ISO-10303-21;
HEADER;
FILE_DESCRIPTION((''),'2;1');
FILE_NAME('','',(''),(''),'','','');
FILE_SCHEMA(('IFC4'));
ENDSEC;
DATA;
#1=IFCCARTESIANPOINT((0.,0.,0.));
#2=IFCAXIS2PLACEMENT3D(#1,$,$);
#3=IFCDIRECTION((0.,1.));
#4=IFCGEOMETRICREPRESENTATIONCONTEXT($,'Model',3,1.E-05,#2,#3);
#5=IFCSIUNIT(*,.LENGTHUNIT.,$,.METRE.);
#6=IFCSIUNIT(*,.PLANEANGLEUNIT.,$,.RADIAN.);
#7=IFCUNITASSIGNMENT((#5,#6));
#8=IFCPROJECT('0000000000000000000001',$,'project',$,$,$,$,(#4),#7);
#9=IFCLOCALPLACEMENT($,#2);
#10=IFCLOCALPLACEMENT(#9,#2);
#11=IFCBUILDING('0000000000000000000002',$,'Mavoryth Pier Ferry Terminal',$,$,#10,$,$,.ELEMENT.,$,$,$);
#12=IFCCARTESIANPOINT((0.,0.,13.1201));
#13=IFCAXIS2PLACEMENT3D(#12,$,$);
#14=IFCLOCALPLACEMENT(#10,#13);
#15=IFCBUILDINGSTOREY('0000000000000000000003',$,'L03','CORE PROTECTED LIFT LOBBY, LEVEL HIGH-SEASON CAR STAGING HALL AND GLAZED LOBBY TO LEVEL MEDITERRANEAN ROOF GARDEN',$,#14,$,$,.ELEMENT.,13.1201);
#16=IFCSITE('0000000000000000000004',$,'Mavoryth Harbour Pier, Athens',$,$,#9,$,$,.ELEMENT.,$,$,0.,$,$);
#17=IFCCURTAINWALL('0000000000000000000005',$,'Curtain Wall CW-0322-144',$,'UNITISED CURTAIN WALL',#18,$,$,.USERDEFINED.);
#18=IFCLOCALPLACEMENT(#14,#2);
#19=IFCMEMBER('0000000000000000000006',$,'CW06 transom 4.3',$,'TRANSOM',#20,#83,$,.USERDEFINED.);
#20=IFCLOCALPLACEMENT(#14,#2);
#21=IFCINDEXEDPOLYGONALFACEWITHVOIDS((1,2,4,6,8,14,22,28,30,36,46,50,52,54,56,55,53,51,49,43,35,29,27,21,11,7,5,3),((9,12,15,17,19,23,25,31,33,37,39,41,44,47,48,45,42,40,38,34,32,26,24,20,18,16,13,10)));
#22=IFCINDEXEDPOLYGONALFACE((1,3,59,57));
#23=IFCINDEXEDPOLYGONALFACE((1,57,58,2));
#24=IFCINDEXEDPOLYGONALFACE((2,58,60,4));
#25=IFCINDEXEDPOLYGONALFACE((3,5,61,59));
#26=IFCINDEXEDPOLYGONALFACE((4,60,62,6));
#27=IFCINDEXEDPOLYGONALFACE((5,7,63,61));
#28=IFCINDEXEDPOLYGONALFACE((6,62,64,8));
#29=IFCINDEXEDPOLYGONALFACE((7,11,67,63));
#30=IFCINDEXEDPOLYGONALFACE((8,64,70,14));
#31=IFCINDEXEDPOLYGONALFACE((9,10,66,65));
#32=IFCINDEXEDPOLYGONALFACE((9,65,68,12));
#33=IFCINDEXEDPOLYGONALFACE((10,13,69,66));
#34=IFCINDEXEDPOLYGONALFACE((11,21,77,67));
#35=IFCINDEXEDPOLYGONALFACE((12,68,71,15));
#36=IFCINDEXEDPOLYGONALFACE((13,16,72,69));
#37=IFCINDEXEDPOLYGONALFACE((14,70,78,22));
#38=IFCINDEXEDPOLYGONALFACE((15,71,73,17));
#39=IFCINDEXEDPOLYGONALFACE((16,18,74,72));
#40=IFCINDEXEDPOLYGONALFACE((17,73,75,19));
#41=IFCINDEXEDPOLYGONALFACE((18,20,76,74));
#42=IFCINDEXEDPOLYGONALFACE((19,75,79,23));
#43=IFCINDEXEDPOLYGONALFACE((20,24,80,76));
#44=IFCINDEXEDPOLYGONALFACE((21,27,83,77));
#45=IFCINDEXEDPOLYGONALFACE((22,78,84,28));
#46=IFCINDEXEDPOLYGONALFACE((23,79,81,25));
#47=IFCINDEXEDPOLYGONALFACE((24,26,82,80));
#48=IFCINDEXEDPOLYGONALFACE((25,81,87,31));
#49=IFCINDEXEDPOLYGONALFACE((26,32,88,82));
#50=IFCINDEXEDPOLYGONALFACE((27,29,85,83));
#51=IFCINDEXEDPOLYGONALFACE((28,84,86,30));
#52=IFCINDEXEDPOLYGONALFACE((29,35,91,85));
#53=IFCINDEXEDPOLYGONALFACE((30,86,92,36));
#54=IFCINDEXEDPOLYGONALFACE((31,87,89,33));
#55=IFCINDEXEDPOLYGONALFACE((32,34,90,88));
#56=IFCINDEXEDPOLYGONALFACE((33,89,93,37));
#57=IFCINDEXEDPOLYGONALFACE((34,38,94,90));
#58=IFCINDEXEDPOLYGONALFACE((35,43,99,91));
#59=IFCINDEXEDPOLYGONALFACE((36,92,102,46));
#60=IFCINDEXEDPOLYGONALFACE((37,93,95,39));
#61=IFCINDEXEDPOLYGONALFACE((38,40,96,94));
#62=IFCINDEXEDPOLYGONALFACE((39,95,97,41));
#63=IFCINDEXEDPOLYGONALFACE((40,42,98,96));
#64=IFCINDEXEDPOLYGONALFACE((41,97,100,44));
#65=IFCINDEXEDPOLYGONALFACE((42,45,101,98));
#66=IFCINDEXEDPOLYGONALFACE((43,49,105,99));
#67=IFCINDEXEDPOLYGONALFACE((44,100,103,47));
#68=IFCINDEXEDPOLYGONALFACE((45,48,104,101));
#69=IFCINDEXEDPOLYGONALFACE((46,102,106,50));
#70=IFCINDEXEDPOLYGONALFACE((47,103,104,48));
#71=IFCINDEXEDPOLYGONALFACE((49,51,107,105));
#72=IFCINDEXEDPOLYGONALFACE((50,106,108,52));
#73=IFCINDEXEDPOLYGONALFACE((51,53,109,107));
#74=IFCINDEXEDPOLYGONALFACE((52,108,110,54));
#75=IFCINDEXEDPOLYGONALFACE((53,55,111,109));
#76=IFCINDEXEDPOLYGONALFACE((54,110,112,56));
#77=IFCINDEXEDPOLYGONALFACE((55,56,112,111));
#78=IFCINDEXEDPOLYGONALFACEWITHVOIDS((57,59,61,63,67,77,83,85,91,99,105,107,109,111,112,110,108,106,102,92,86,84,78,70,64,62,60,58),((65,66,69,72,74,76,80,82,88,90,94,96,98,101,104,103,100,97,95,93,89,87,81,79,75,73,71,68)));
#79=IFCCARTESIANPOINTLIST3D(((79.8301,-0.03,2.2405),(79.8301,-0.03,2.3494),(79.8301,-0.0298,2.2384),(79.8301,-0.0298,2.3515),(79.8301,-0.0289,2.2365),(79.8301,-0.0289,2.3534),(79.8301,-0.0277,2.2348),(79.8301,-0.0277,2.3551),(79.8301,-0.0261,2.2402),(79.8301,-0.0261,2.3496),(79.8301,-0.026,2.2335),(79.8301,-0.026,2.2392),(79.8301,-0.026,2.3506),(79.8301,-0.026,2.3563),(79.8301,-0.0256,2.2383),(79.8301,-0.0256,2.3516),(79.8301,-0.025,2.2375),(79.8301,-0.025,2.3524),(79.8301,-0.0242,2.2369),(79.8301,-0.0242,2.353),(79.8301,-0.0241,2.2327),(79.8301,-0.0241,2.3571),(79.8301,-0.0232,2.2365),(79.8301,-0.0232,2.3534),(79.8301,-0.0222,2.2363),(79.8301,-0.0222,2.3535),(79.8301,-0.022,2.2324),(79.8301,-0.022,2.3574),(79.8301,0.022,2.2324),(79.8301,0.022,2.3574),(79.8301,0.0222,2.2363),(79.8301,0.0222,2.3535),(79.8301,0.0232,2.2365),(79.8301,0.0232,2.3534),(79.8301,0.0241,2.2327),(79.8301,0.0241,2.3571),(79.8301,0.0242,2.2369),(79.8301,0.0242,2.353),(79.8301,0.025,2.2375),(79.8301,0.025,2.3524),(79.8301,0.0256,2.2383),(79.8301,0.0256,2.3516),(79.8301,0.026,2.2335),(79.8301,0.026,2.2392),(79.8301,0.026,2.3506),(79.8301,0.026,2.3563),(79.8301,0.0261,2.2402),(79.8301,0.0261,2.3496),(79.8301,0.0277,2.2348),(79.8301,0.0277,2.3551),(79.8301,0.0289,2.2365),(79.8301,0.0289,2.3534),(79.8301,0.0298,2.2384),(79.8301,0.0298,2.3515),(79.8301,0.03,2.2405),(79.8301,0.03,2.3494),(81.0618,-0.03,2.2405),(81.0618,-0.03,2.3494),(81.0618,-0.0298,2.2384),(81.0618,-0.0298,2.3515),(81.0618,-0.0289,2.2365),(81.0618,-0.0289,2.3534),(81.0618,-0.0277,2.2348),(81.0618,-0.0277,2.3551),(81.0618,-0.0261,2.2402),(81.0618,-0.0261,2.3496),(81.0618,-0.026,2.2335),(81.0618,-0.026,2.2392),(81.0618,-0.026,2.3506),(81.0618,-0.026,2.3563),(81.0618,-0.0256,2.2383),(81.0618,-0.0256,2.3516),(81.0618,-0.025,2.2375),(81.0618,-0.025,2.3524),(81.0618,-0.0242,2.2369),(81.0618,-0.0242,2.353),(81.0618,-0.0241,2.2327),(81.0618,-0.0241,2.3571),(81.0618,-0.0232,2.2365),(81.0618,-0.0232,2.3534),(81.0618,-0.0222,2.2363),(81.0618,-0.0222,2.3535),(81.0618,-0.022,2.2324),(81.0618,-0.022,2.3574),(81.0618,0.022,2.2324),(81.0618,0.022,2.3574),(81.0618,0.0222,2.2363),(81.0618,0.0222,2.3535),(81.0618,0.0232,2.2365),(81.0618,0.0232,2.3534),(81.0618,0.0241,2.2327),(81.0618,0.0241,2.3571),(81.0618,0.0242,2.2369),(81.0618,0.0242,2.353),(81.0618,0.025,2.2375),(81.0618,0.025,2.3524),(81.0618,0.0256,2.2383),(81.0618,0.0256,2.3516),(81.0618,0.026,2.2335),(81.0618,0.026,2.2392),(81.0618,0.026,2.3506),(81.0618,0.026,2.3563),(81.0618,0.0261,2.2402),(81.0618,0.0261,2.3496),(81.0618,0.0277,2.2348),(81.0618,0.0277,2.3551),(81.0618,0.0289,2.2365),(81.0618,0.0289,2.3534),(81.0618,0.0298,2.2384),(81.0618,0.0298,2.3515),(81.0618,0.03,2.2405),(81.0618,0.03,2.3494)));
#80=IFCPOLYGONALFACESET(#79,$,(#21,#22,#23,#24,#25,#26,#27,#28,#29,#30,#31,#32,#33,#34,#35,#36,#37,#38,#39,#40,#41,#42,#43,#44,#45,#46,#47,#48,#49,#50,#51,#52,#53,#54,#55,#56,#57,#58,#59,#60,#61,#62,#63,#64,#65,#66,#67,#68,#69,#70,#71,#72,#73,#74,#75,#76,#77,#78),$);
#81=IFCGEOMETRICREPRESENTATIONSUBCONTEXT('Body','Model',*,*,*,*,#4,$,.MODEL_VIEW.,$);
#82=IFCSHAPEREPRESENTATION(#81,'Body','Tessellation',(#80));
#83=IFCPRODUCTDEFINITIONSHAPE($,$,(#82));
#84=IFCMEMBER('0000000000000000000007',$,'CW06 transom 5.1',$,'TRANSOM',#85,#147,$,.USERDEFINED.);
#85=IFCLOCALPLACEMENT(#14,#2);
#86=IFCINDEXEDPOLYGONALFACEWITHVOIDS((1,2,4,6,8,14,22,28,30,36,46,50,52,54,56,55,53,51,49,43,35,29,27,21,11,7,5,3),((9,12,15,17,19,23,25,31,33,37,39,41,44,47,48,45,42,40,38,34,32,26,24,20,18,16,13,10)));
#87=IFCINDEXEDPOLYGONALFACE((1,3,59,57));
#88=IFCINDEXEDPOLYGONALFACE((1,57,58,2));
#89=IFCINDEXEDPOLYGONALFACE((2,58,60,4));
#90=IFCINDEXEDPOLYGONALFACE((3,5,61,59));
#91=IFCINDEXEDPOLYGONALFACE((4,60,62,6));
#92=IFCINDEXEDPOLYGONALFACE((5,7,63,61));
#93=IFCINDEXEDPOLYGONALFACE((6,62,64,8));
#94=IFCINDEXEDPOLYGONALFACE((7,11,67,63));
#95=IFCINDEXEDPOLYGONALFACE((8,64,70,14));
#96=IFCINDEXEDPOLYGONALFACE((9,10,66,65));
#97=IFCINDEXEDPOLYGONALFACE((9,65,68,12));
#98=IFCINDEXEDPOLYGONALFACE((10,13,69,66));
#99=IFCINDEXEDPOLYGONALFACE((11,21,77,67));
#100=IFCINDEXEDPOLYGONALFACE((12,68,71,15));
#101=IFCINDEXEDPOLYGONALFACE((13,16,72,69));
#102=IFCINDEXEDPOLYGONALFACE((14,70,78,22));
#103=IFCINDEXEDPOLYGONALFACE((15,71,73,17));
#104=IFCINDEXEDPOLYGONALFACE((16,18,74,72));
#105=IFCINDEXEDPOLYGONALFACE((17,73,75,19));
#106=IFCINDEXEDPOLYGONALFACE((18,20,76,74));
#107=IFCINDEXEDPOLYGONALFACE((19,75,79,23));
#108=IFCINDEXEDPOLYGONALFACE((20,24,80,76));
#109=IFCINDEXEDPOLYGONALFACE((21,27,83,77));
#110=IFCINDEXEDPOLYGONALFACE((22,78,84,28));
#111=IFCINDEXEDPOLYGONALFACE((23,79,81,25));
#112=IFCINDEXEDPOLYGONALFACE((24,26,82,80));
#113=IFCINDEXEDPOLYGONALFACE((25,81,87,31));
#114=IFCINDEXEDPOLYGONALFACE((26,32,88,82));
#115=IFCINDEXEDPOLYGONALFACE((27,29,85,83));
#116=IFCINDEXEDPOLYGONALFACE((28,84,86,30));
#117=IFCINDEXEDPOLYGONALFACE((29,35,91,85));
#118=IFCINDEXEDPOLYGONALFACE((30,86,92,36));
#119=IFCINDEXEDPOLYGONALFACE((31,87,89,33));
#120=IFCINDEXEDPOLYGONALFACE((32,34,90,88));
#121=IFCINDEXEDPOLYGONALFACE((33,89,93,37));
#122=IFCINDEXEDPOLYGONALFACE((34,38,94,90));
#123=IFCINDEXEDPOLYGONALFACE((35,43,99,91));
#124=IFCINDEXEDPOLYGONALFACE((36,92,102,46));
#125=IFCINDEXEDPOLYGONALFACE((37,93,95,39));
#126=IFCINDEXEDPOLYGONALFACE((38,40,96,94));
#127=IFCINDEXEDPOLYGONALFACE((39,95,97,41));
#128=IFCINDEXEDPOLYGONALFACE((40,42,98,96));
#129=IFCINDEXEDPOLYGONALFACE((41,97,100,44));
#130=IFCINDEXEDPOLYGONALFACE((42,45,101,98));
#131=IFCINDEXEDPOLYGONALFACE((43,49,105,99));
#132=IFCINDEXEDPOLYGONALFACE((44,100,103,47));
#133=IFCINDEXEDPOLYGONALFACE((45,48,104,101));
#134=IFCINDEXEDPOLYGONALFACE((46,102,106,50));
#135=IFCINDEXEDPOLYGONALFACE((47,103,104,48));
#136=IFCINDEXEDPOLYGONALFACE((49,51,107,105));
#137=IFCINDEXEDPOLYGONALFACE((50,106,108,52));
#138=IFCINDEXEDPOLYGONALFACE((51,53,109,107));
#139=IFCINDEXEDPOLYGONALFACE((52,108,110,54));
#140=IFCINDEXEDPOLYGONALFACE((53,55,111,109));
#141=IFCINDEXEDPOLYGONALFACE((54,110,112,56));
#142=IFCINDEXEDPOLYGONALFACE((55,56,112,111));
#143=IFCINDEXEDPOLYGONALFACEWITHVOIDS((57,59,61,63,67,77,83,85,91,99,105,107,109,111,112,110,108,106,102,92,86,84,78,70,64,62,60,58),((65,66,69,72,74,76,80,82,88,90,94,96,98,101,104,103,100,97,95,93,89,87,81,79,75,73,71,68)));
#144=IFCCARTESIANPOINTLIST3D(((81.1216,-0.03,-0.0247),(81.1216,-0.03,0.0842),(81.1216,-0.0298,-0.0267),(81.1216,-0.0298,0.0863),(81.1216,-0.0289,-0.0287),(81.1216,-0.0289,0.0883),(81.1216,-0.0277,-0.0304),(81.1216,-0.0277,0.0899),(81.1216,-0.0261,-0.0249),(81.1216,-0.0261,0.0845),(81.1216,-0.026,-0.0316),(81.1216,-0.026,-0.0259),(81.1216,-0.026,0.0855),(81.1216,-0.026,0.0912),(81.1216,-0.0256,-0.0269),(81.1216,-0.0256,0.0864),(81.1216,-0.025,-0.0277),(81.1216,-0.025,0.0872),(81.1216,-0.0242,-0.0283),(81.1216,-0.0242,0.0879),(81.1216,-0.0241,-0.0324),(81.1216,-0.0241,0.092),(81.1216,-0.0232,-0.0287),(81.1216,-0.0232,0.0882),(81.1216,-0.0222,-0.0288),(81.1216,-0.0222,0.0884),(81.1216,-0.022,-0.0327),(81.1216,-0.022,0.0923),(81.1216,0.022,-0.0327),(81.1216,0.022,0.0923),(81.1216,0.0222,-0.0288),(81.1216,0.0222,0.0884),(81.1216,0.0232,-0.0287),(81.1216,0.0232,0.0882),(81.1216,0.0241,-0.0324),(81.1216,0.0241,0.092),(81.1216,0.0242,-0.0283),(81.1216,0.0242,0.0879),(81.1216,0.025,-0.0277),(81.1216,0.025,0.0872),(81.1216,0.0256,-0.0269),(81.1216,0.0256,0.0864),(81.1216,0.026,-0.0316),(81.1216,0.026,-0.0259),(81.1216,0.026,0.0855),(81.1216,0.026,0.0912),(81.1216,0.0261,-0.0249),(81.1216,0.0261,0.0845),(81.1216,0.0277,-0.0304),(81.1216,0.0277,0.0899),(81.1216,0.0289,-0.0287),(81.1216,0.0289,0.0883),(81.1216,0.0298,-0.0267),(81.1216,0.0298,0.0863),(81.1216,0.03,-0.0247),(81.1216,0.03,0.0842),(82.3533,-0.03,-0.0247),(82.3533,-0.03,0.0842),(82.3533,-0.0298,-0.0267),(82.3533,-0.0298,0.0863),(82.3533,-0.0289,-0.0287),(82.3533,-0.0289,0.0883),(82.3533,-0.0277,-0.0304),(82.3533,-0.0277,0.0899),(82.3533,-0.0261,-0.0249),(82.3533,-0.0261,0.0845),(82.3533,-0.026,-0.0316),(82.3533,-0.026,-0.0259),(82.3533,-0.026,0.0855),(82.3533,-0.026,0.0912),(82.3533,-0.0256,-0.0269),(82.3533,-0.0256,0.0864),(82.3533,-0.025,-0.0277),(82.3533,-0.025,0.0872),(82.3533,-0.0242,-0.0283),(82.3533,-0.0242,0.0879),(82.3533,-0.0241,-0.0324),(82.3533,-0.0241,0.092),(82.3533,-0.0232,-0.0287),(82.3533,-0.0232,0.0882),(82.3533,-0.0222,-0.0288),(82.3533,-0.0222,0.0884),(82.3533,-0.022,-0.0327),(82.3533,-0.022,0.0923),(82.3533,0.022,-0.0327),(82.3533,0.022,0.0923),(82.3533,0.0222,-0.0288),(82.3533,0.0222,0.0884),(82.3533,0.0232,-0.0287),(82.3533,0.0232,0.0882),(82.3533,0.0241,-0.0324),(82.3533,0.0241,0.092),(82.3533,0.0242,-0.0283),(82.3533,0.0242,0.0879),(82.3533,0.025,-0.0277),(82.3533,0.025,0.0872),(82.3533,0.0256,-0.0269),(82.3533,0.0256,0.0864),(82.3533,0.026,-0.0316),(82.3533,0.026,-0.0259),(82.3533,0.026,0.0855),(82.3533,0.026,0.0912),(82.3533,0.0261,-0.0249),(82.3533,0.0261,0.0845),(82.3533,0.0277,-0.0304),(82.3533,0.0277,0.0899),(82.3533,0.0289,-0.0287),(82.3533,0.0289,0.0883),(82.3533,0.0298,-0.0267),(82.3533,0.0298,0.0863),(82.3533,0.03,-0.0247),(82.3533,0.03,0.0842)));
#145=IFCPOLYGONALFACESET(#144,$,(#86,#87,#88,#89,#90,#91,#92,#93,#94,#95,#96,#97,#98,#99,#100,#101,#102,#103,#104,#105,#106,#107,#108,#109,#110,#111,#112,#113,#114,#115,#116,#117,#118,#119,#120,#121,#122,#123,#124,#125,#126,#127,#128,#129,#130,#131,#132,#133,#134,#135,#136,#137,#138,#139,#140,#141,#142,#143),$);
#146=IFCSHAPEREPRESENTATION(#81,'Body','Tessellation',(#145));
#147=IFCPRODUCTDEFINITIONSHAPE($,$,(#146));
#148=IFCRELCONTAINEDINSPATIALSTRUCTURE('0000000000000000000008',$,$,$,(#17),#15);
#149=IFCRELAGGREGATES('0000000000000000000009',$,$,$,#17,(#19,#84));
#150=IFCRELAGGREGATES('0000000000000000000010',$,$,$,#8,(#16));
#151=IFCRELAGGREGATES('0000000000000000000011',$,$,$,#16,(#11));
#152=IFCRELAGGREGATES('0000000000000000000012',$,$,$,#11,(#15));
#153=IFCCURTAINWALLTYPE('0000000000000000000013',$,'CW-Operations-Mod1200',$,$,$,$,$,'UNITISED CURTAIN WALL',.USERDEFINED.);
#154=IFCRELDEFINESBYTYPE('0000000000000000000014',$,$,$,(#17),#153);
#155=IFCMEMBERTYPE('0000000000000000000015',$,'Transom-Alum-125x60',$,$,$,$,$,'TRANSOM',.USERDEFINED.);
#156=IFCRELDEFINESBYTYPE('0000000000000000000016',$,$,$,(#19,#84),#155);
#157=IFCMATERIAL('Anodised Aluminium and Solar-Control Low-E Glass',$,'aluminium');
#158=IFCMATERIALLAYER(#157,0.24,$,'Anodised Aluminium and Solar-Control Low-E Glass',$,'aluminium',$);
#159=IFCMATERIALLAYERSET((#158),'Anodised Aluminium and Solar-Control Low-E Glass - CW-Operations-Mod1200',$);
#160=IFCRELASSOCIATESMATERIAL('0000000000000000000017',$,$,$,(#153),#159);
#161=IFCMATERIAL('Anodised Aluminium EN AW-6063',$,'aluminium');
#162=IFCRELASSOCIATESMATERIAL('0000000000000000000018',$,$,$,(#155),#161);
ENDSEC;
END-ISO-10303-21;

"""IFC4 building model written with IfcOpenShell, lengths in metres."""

from ifc_helpers import new_model, si_unit, direction, frame, origin, origin_2d, place, context, subcontext, project, spatial, hollow_rectangle, extrude, material, layer, layer_set, material_profile, profile_set, type_object, element, aggregate, save


model = new_model("IFC4")

# Units and contexts
model_context = context("Model", 3, precision=1e-05, world=origin(), true_north=direction((0.0, 1.0)))
body_context = subcontext(model_context, "Body", "Model", "MODEL_VIEW")
ifc_project = project(units=[si_unit("LENGTHUNIT", "METRE"), si_unit("PLANEANGLEUNIT", "RADIAN")], contexts=[model_context])

# Site, building, storey
site_placement = place(None, origin())
site = spatial("IfcSite", under=ifc_project, at=site_placement, Name="Mavoryth Harbour Pier, Athens", CompositionType="ELEMENT", RefElevation=0.0)
building_placement = place(site_placement, origin())
building = spatial("IfcBuilding", under=site, at=building_placement, Name="Mavoryth Pier Ferry Terminal", CompositionType="ELEMENT")
storey_placement = place(building_placement, frame((0.0, 0.0, 13.1201)))
storey = spatial("IfcBuildingStorey", under=building, at=storey_placement, Name="L03", Description="CORE PROTECTED LIFT LOBBY, LEVEL HIGH-SEASON CAR STAGING HALL AND GLAZED LOBBY TO LEVEL MEDITERRANEAN ROOF GARDEN", CompositionType="ELEMENT", Elevation=13.1201)

# Curtain wall, members
ifc_material_1 = material(Name="Anodised Aluminium and Solar-Control Low-E Glass", Category="aluminium")
ifc_layer_1 = layer(ifc_material_1, 0.24, Name="Anodised Aluminium and Solar-Control Low-E Glass", Category="aluminium")
ifc_layer_set_1 = layer_set([ifc_layer_1], Name="Anodised Aluminium and Solar-Control Low-E Glass - CW-Operations-Mod1200")
curtain_wall_type = type_object("IfcCurtainWallType", Name="CW-Operations-Mod1200", ElementType="UNITISED CURTAIN WALL", PredefinedType="USERDEFINED", material=ifc_layer_set_1)
curtain_wall_placement = place(storey_placement, origin())
curtain_wall = element("IfcCurtainWall", 1, at=curtain_wall_placement, inside=storey, type_object=curtain_wall_type, Name="Curtain Wall CW-0322-144", ObjectType="UNITISED CURTAIN WALL", PredefinedType="USERDEFINED")
ifc_material_2 = material(Name="Anodised Aluminium EN AW-6063", Category="aluminium")
ifc_material_profile_1 = material_profile(ifc_material_2, hollow_rectangle(XDim=0.0601, YDim=0.125, WallThickness=0.0039, InnerFilletRadius=0.0039, OuterFilletRadius=0.0081, at=origin_2d()), Name="AL-TRAN 125x60x4", Category="aluminium")
ifc_profile_set_1 = profile_set([ifc_material_profile_1], Name="Anodised Aluminium EN AW-6063 - AL-TRAN 125x60x4")
member_type_1 = type_object("IfcMemberType", Name="Transom-Alum-125x60", ElementType="TRANSOM", PredefinedType="USERDEFINED", material=ifc_profile_set_1)
member_1_placement = place(storey_placement, frame((79.8301, 0.0, 2.2949), z_axis=(1.0, 0.0, 0.0), x_axis=(0.0, 1.0, 0.0)))
member_1 = element("IfcMember", 2, at=member_1_placement, type_object=member_type_1, Name="CW06 transom 4.3", ObjectType="TRANSOM", PredefinedType="USERDEFINED", context=body_context, shape_type="SweptSolid", body=[
    extrude(hollow_rectangle(XDim=0.0601, YDim=0.125, WallThickness=0.0039, InnerFilletRadius=0.0039, OuterFilletRadius=0.0081, at=origin_2d()), origin(), (0.0, 0.0, 1.0), 1.2317),
])
member_2_placement = place(storey_placement, frame((81.1216, 0.0, 0.0298), z_axis=(1.0, 0.0, 0.0), x_axis=(0.0, 1.0, 0.0)))
member_2 = element("IfcMember", 3, at=member_2_placement, type_object=member_type_1, Name="CW06 transom 5.1", ObjectType="TRANSOM", PredefinedType="USERDEFINED", context=body_context, shape_type="SweptSolid", body=[
    extrude(hollow_rectangle(XDim=0.0601, YDim=0.125, WallThickness=0.0039, InnerFilletRadius=0.0039, OuterFilletRadius=0.0081, at=origin_2d()), origin(), (0.0, 0.0, 1.0), 1.2317),
])
aggregate(curtain_wall, [member_1, member_2])

save(model, "model.ifc")
